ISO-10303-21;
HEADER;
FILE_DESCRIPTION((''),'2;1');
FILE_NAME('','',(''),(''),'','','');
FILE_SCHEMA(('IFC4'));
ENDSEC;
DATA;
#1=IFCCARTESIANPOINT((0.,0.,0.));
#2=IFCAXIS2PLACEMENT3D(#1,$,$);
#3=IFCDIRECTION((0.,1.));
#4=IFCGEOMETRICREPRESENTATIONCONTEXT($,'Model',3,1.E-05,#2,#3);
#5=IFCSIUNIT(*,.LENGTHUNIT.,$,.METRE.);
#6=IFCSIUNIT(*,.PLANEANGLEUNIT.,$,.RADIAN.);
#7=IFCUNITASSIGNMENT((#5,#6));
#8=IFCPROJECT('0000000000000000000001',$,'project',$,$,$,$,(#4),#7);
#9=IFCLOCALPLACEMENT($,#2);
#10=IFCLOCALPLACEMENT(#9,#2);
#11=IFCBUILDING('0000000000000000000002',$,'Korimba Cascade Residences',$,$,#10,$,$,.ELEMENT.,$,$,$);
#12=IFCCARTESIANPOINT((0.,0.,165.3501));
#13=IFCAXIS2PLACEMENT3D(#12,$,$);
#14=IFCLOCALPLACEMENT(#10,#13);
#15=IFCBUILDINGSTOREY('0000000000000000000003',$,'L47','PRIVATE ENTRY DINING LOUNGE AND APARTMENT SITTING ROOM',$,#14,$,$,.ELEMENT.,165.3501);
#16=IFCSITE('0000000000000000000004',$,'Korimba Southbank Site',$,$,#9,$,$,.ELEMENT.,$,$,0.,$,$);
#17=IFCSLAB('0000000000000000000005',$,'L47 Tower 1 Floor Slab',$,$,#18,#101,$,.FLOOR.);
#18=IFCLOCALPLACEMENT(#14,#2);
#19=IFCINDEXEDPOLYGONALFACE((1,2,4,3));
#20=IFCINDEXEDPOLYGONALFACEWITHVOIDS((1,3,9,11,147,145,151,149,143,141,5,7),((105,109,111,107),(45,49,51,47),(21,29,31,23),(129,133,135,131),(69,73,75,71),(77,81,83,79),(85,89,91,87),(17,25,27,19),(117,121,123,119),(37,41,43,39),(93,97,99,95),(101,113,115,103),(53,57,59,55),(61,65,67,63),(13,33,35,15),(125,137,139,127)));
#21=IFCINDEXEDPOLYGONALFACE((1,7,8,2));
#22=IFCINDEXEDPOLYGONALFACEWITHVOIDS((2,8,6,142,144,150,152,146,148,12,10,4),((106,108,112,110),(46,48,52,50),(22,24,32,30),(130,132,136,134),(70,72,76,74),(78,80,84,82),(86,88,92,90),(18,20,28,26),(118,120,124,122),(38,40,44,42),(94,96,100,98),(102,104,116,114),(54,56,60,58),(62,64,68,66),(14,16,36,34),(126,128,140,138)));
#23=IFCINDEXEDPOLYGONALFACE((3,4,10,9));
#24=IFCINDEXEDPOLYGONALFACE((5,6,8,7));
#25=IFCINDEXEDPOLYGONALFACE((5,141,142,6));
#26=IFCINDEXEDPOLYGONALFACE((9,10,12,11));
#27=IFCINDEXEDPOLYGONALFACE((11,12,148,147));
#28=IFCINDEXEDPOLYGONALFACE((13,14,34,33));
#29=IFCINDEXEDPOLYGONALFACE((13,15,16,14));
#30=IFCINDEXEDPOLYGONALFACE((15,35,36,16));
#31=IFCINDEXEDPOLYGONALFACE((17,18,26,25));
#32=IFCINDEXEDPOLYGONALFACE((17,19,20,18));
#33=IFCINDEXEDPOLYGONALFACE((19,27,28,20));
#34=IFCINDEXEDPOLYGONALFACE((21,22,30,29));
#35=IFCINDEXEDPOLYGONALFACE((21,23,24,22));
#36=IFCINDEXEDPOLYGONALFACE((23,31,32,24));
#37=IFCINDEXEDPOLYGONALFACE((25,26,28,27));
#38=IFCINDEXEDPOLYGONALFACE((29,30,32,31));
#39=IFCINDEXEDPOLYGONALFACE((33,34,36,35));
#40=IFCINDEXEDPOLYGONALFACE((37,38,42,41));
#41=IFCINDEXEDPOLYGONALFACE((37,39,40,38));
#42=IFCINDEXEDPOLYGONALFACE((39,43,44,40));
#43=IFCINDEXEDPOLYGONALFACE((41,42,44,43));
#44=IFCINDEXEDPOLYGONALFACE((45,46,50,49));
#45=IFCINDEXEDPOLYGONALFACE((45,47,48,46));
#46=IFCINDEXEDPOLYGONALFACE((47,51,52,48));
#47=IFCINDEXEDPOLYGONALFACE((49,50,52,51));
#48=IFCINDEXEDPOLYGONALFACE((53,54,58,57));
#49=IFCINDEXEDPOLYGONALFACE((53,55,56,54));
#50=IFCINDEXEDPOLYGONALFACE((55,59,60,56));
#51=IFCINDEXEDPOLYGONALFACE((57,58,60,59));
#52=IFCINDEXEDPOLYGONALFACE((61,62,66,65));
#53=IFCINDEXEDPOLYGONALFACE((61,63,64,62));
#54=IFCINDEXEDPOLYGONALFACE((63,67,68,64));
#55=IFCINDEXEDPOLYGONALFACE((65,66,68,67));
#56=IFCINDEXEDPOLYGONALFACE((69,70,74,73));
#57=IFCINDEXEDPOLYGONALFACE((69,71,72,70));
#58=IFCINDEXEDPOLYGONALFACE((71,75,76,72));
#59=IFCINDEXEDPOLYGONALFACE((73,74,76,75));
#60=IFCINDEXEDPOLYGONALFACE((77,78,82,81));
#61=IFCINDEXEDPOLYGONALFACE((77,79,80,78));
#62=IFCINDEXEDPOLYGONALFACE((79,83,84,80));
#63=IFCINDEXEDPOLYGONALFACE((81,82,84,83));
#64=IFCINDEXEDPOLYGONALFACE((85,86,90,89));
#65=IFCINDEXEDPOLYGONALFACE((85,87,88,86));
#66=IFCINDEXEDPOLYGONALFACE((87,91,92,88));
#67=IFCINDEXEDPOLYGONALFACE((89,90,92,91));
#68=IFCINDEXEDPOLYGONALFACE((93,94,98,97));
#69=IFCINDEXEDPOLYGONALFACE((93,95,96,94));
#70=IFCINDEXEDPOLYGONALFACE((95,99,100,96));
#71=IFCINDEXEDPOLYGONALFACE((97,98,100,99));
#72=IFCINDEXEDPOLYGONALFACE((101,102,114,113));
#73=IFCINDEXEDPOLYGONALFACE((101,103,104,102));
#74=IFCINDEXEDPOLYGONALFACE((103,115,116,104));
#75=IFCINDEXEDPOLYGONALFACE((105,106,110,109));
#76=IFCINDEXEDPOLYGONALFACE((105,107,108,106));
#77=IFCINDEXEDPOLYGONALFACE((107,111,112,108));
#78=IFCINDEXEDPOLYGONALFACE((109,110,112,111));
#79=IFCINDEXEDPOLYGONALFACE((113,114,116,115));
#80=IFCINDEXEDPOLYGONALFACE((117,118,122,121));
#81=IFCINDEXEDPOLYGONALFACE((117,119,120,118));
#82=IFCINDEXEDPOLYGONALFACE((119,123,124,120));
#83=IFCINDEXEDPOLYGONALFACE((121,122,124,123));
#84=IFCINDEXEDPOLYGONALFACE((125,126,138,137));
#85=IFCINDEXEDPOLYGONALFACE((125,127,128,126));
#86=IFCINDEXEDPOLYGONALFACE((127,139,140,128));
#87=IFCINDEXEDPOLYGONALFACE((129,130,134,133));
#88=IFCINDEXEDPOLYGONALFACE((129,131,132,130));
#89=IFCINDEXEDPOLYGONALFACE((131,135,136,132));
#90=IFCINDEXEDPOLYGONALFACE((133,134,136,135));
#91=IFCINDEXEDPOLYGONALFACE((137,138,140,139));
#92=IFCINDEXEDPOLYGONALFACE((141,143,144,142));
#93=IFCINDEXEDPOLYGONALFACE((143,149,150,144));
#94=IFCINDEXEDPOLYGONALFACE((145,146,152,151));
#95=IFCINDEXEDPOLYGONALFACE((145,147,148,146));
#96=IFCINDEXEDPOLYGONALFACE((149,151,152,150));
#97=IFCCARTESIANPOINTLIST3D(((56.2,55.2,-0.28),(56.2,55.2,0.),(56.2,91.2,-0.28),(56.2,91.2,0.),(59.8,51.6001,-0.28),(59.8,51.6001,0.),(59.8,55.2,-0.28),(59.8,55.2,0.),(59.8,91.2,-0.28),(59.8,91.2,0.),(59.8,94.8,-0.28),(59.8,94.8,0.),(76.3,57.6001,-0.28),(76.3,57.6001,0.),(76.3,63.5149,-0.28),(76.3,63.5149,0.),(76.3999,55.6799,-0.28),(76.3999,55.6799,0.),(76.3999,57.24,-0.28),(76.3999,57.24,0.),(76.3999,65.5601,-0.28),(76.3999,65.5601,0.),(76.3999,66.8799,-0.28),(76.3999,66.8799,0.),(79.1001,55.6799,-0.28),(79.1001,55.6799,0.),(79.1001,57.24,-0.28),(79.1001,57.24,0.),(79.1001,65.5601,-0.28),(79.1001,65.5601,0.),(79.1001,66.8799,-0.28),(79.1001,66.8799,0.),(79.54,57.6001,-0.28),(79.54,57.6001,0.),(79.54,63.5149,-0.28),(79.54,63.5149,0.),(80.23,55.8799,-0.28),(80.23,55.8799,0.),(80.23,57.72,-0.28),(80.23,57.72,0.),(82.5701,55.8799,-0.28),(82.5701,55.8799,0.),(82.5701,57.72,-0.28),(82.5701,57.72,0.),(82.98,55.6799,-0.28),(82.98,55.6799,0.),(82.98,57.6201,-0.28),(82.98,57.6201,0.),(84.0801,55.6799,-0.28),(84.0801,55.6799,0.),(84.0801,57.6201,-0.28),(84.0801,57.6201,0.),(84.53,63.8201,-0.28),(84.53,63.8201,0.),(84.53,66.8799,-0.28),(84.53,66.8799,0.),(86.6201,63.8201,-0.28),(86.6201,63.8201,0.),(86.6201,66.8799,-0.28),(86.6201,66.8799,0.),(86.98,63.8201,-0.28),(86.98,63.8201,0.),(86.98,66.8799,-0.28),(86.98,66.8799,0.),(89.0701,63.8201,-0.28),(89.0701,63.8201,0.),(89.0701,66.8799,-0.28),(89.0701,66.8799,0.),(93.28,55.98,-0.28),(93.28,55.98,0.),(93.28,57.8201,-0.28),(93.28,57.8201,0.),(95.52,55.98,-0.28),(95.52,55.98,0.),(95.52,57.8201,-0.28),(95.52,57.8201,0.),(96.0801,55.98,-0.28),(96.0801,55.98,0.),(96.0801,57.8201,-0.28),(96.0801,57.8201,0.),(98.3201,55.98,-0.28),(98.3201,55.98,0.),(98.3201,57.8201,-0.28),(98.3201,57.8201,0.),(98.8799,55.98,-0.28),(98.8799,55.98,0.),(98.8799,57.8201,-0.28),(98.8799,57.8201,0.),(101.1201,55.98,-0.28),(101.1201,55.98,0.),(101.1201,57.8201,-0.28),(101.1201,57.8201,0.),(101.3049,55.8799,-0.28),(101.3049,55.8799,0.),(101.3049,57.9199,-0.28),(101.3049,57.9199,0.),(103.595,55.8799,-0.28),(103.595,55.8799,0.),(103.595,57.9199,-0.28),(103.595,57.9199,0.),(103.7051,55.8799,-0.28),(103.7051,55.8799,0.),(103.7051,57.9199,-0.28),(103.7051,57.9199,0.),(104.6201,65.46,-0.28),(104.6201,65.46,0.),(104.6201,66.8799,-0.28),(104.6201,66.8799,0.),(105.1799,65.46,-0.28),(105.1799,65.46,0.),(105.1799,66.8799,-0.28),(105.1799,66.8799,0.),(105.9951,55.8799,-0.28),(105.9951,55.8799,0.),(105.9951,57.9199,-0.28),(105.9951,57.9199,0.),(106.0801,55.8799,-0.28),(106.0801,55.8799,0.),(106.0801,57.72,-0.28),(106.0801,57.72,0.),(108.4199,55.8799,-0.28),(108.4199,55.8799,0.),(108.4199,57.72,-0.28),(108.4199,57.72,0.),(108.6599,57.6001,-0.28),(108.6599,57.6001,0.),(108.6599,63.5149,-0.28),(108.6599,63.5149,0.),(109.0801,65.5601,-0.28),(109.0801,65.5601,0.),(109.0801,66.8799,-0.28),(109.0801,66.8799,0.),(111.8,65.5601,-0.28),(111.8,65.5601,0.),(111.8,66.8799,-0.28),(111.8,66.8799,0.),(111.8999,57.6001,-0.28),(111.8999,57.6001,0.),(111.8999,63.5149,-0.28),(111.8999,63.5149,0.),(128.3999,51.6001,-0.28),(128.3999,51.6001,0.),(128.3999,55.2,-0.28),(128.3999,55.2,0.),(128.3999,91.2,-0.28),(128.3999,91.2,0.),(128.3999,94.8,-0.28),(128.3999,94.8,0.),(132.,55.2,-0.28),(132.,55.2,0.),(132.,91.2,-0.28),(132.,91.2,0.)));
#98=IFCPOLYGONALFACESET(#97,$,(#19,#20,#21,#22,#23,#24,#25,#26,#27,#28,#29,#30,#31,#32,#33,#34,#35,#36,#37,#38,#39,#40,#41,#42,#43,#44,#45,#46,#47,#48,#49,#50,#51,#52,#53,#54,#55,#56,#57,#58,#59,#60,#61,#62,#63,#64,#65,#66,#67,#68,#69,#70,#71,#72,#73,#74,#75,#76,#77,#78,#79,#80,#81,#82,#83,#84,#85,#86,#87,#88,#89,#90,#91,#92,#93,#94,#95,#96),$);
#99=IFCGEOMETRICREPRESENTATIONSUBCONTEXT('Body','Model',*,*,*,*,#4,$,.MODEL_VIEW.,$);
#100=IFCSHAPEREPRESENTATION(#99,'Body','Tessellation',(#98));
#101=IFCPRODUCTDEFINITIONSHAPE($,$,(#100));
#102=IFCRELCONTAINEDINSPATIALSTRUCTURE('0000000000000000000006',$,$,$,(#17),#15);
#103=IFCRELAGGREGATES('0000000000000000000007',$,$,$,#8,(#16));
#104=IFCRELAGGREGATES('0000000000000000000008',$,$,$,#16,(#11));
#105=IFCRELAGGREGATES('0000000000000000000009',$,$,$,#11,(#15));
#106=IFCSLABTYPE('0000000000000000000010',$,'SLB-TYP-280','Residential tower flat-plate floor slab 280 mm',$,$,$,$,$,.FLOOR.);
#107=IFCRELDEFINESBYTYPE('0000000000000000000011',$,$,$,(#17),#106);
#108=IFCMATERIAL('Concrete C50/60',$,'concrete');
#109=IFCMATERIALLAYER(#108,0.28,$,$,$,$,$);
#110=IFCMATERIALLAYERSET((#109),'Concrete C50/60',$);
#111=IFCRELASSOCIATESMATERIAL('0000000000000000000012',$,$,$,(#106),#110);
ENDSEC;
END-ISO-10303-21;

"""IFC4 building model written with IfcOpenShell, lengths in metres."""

from ifc_helpers import new_model, si_unit, direction, frame, origin, place, context, subcontext, project, spatial, polyline, outline, extrude, material, layer, layer_set, type_object, element, save


model = new_model("IFC4")

# Units and contexts
model_context = context("Model", 3, precision=1e-05, world=origin(), true_north=direction((0.0, 1.0)))
body_context = subcontext(model_context, "Body", "Model", "MODEL_VIEW")
ifc_project = project(units=[si_unit("LENGTHUNIT", "METRE"), si_unit("PLANEANGLEUNIT", "RADIAN")], contexts=[model_context])

# Site, building, storey
site_placement = place(None, origin())
site = spatial("IfcSite", under=ifc_project, at=site_placement, Name="Korimba Southbank Site", CompositionType="ELEMENT", RefElevation=0.0)
building_placement = place(site_placement, origin())
building = spatial("IfcBuilding", under=site, at=building_placement, Name="Korimba Cascade Residences", CompositionType="ELEMENT")
storey_placement = place(building_placement, frame((0.0, 0.0, 165.3501)))
storey = spatial("IfcBuildingStorey", under=building, at=storey_placement, Name="L47", Description="PRIVATE ENTRY DINING LOUNGE AND APARTMENT SITTING ROOM", CompositionType="ELEMENT", Elevation=165.3501)

# Shared definitions
ifc_material_1 = material(Name="Concrete C50/60", Category="concrete")

# Slab
ifc_layer_1 = layer(ifc_material_1, 0.28)
ifc_layer_set_1 = layer_set([ifc_layer_1], Name="Concrete C50/60")
slab_type_1 = type_object("IfcSlabType", Name="SLB-TYP-280", Description="Residential tower flat-plate floor slab 280 mm", PredefinedType="FLOOR", material=ifc_layer_set_1)
slab_1_placement = place(storey_placement, frame((0.0, 0.0, -0.28)))
element("IfcSlab", 1, at=slab_1_placement, inside=storey, type_object=slab_type_1, Name="L47 Tower 1 Floor Slab", PredefinedType="FLOOR", context=body_context, shape_type="SweptSolid", body=[
    extrude(outline(polyline([(59.8, 51.6001), (128.3999, 51.6001), (128.3999, 55.2), (132.0, 55.2), (132.0, 91.2), (128.3999, 91.2), (128.3999, 94.8), (59.8, 94.8), (59.8, 91.2), (56.2, 91.2), (56.2, 55.2), (59.8, 55.2), (59.8, 51.6001)]), holes=[polyline([(76.3, 63.5149), (76.3, 57.6001), (79.54, 57.6001), (79.54, 63.5149), (76.3, 63.5149)]), polyline([(108.6599, 63.5149), (108.6599, 57.6001), (111.8999, 57.6001), (111.8999, 63.5149), (108.6599, 63.5149)]), polyline([(80.23, 55.8799), (82.5701, 55.8799), (82.5701, 57.72), (80.23, 57.72), (80.23, 55.8799)]), polyline([(106.0801, 55.8799), (108.4199, 55.8799), (108.4199, 57.72), (106.0801, 57.72), (106.0801, 55.8799)]), polyline([(93.28, 55.98), (95.52, 55.98), (95.52, 57.8201), (93.28, 57.8201), (93.28, 55.98)]), polyline([(96.0801, 55.98), (98.3201, 55.98), (98.3201, 57.8201), (96.0801, 57.8201), (96.0801, 55.98)]), polyline([(98.8799, 55.98), (101.1201, 55.98), (101.1201, 57.8201), (98.8799, 57.8201), (98.8799, 55.98)]), polyline([(101.3049, 55.8799), (103.595, 55.8799), (103.595, 57.9199), (101.3049, 57.9199), (101.3049, 55.8799)]), polyline([(103.7051, 55.8799), (105.9951, 55.8799), (105.9951, 57.9199), (103.7051, 57.9199), (103.7051, 55.8799)]), polyline([(82.98, 55.6799), (84.0801, 55.6799), (84.0801, 57.6201), (82.98, 57.6201), (82.98, 55.6799)]), polyline([(76.3999, 65.5601), (79.1001, 65.5601), (79.1001, 66.8799), (76.3999, 66.8799), (76.3999, 65.5601)]), polyline([(76.3999, 55.6799), (79.1001, 55.6799), (79.1001, 57.24), (76.3999, 57.24), (76.3999, 55.6799)]), polyline([(84.53, 63.8201), (86.6201, 63.8201), (86.6201, 66.8799), (84.53, 66.8799), (84.53, 63.8201)]), polyline([(86.98, 63.8201), (89.0701, 63.8201), (89.0701, 66.8799), (86.98, 66.8799), (86.98, 63.8201)]), polyline([(104.6201, 65.46), (105.1799, 65.46), (105.1799, 66.8799), (104.6201, 66.8799), (104.6201, 65.46)]), polyline([(109.0801, 65.5601), (111.8, 65.5601), (111.8, 66.8799), (109.0801, 66.8799), (109.0801, 65.5601)])]), origin(), (0.0, 0.0, 1.0), 0.28),
])

save(model, "model.ifc")
